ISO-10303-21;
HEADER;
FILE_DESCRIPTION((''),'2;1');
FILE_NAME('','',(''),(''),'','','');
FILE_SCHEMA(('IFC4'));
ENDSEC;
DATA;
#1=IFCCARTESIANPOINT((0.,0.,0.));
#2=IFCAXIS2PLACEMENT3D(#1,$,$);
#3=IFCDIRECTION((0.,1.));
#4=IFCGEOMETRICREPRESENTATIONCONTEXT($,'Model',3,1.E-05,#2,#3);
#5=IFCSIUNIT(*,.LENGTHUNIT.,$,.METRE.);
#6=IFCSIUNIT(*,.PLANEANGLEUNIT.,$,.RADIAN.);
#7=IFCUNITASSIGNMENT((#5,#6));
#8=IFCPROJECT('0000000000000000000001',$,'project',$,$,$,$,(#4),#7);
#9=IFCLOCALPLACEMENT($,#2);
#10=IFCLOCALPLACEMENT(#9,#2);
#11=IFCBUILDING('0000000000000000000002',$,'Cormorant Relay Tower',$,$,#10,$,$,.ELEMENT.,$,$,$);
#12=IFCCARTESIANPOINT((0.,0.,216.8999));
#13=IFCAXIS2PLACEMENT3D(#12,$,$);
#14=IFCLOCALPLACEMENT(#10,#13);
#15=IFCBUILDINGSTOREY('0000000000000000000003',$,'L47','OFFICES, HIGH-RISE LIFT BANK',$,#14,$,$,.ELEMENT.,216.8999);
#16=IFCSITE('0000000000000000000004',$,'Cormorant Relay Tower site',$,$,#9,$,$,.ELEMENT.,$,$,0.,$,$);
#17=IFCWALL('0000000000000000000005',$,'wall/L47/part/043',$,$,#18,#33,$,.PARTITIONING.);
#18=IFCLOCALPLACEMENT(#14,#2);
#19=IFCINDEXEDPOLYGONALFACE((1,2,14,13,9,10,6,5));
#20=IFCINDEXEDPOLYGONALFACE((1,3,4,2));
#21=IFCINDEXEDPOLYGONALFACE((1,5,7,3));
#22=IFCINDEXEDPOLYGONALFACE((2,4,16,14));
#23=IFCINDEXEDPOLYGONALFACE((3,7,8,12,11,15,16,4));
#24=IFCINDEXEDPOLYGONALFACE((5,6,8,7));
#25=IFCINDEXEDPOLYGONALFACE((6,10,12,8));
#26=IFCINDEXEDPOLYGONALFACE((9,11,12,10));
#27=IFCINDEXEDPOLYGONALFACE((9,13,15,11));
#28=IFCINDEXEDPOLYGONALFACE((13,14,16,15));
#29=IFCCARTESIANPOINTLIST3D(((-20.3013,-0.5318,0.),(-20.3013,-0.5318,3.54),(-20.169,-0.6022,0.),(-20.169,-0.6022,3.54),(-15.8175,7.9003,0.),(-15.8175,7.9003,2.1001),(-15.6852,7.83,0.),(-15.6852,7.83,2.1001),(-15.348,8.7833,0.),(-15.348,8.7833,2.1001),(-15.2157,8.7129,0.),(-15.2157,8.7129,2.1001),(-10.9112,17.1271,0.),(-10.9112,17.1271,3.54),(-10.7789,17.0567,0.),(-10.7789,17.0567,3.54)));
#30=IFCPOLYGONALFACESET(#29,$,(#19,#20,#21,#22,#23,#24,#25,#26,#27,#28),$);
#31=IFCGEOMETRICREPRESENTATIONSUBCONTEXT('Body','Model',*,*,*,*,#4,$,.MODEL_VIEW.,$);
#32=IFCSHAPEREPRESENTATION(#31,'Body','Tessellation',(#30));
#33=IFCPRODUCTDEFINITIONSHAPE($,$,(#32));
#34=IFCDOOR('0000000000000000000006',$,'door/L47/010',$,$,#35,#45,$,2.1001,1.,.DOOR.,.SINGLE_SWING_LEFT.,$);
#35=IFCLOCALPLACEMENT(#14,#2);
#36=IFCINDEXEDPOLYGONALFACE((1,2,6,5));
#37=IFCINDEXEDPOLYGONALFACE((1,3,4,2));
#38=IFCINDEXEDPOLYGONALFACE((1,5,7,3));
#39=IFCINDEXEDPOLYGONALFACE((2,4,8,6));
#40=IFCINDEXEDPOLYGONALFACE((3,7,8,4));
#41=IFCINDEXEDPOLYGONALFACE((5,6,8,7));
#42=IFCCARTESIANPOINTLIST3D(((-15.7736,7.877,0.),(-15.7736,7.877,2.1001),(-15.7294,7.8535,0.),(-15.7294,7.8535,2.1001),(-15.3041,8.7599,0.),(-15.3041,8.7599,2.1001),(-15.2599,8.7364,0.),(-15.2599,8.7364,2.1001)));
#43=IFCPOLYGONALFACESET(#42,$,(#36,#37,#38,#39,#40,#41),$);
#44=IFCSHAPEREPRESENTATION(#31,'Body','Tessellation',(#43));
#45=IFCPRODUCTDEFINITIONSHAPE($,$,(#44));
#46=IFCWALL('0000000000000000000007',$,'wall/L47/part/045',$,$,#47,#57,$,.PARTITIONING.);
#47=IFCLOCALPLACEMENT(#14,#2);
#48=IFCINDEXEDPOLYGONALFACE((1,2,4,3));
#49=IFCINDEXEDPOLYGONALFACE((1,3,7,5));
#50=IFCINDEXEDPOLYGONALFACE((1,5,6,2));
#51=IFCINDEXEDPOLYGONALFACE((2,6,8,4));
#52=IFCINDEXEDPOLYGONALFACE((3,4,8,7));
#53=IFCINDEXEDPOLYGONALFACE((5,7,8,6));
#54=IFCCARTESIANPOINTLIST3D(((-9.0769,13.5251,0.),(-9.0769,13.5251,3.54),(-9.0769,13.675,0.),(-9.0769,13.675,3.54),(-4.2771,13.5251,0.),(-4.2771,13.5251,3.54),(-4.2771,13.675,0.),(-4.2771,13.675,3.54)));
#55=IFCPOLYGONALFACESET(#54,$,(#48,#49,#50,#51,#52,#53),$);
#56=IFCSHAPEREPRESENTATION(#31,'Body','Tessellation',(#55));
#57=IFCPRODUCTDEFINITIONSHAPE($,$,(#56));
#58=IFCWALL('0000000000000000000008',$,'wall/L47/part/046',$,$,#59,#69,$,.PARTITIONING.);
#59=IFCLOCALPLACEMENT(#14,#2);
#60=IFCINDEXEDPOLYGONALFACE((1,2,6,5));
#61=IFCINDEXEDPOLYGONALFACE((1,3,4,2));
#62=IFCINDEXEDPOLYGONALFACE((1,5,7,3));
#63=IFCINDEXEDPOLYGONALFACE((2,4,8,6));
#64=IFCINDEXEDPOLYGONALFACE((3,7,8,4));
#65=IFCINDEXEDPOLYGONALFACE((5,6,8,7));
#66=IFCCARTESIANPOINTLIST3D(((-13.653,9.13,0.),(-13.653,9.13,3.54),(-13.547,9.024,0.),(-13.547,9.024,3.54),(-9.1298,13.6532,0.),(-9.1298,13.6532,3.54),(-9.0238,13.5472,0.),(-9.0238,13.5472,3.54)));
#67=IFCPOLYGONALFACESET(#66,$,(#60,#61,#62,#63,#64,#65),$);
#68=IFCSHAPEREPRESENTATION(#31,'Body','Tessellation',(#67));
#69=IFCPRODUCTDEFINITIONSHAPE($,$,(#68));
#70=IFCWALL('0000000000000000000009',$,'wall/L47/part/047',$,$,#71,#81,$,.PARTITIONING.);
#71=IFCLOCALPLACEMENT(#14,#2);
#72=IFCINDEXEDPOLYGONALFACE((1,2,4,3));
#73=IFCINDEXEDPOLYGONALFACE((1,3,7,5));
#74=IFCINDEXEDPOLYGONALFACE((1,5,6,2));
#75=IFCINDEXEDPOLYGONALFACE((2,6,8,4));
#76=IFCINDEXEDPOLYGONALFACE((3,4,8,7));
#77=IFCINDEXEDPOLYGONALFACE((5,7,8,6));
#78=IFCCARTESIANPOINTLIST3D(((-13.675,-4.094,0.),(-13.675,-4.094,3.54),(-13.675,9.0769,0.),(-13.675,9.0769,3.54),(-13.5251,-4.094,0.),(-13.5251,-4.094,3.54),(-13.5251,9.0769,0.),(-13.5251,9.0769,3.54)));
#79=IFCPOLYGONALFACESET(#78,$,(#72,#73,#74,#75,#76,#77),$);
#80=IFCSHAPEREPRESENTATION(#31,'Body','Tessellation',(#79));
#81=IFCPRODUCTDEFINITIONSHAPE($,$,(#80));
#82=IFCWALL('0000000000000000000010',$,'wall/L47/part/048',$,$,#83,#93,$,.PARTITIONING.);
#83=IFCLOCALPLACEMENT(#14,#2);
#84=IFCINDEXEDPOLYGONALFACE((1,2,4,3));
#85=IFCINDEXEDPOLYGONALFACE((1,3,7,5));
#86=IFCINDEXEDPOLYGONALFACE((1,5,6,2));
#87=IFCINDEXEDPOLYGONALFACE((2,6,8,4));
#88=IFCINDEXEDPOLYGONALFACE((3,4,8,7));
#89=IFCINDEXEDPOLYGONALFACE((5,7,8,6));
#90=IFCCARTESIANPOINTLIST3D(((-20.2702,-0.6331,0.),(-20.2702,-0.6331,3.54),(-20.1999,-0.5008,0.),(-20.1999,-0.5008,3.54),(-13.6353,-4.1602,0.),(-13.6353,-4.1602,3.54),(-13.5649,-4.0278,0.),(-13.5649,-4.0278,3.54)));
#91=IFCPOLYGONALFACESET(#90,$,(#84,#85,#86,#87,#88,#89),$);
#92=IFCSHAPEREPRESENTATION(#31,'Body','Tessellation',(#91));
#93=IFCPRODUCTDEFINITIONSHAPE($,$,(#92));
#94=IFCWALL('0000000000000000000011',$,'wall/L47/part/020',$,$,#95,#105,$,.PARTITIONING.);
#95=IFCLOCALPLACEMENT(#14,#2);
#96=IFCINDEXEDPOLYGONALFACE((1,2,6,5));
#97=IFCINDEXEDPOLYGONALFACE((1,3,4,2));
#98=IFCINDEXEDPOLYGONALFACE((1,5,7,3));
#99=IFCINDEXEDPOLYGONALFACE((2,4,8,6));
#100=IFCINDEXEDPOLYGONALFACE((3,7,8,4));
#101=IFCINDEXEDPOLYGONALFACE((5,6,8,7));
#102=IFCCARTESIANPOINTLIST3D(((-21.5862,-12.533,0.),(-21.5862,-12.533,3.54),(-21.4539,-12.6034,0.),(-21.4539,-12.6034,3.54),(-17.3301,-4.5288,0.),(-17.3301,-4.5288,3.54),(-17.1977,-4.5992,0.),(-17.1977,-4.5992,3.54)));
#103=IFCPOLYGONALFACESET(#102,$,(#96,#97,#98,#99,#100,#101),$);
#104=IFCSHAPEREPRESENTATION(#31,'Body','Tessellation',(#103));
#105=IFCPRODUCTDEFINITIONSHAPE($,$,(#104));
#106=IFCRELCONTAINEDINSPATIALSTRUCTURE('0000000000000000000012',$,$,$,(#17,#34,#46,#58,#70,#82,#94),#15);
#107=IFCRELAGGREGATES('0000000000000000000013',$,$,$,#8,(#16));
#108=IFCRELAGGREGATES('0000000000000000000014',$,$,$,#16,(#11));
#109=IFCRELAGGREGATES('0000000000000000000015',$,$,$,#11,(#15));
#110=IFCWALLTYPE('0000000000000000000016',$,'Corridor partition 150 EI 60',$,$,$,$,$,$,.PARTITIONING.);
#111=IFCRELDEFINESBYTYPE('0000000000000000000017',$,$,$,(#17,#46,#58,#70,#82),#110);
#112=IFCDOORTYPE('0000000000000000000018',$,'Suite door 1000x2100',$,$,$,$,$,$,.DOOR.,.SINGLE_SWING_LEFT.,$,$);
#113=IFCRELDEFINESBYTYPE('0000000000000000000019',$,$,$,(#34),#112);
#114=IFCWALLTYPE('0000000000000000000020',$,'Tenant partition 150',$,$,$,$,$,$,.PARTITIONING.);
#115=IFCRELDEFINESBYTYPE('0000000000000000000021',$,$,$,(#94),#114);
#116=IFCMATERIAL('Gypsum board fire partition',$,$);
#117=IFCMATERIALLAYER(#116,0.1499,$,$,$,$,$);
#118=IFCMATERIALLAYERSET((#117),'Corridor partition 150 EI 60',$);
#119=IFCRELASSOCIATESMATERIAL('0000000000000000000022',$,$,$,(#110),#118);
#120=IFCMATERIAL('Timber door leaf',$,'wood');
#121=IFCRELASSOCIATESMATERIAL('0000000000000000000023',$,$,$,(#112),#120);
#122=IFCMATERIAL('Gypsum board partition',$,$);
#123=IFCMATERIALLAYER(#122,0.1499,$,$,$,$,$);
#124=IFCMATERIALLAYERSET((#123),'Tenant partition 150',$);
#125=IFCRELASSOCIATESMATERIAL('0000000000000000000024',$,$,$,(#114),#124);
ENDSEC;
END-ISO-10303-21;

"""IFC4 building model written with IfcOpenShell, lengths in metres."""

from ifc_helpers import new_model, si_unit, direction, frame, frame_2d, origin, place, context, subcontext, project, spatial, rectangle, extrude, material, layer, layer_set, type_object, element, fill, save


model = new_model("IFC4")

# Units and contexts
model_context = context("Model", 3, precision=1e-05, world=origin(), true_north=direction((0.0, 1.0)))
body_context = subcontext(model_context, "Body", "Model", "MODEL_VIEW")
ifc_project = project(units=[si_unit("LENGTHUNIT", "METRE"), si_unit("PLANEANGLEUNIT", "RADIAN")], contexts=[model_context])

# Site, building, storey
site_placement = place(None, origin())
site = spatial("IfcSite", under=ifc_project, at=site_placement, Name="Cormorant Relay Tower site", CompositionType="ELEMENT", RefElevation=0.0)
building_placement = place(site_placement, origin())
building = spatial("IfcBuilding", under=site, at=building_placement, Name="Cormorant Relay Tower", CompositionType="ELEMENT")
storey_placement = place(building_placement, frame((0.0, 0.0, 216.8999)))
storey = spatial("IfcBuildingStorey", under=building, at=storey_placement, Name="L47", Description="OFFICES, HIGH-RISE LIFT BANK", CompositionType="ELEMENT", Elevation=216.8999)

# Wall, opening, door
ifc_material_1 = material(Name="Gypsum board fire partition")
ifc_layer_1 = layer(ifc_material_1, 0.1499)
ifc_layer_set_1 = layer_set([ifc_layer_1], Name="Corridor partition 150 EI 60")
wall_type_1 = type_object("IfcWallType", Name="Corridor partition 150 EI 60", PredefinedType="PARTITIONING", material=ifc_layer_set_1)
wall_1_placement = place(storey_placement, frame((-20.2351, -0.5669, 0.0), z_axis=(0.0, 0.0, 1.0), x_axis=(0.469499, 0.882933, 0.0)))
wall_1 = element("IfcWall", 1, at=wall_1_placement, inside=storey, type_object=wall_type_1, Name="wall/L47/part/043", PredefinedType="PARTITIONING", context=body_context, shape_type="SweptSolid", body=[
    extrude(rectangle(XDim=20.0002, YDim=0.1499, at=frame_2d((10.0, 0.0))), origin(), (0.0, 0.0, 1.0), 3.54),
])
opening_1_placement = place(wall_1_placement, frame((9.55, 0.0, 0.0)))
opening_1 = element("IfcOpeningElement", 2, at=opening_1_placement, cuts=wall_1, PredefinedType="OPENING", context=body_context, shape_type="SweptSolid", body=[
    extrude(rectangle(XDim=1.0, YDim=2.1001, at=frame_2d((0.5, 1.05))), frame((0.0, 0.085, 0.0), z_axis=(0.0, -1.0, 0.0), x_axis=(1.0, 0.0, 0.0)), (0.0, 0.0, 1.0), 0.1699),
])
ifc_material_2 = material(Name="Timber door leaf", Category="wood")
door_type_1 = type_object("IfcDoorType", Name="Suite door 1000x2100", OperationType="SINGLE_SWING_LEFT", PredefinedType="DOOR", material=ifc_material_2)
door_1_placement = place(opening_1_placement, frame((1.0, 0.0, 0.0), z_axis=(0.0, 0.0, 1.0), x_axis=(-1.0, 0.0, 0.0)))
door_1 = element("IfcDoor", 3, at=door_1_placement, inside=storey, type_object=door_type_1, Name="door/L47/010", OperationType="SINGLE_SWING_LEFT", OverallHeight=2.1001, OverallWidth=1.0, PredefinedType="DOOR", context=body_context, shape_type="SweptSolid", body=[
    extrude(rectangle(XDim=1.0, YDim=2.1001, at=frame_2d((0.5, 1.05))), frame((0.0, 0.0249, 0.0), z_axis=(0.0, -1.0, 0.0), x_axis=(1.0, 0.0, 0.0)), (0.0, 0.0, 1.0), 0.05),
])
fill(opening_1, door_1)

# Walls
wall_2_placement = place(storey_placement, frame((-4.2771, 13.6001, 0.0), z_axis=(0.0, 0.0, 1.0), x_axis=(-1.0, 0.0, 0.0)))
element("IfcWall", 4, at=wall_2_placement, inside=storey, type_object=wall_type_1, Name="wall/L47/part/045", PredefinedType="PARTITIONING", context=body_context, shape_type="SweptSolid", body=[
    extrude(rectangle(XDim=4.7998, YDim=0.1499, at=frame_2d((2.3999, 0.0))), origin(), (0.0, 0.0, 1.0), 3.54),
])
wall_3_placement = place(storey_placement, frame((-9.0769, 13.6001, 0.0), z_axis=(0.0, 0.0, 1.0), x_axis=(-0.707107, -0.707107, 0.0)))
element("IfcWall", 5, at=wall_3_placement, inside=storey, type_object=wall_type_1, Name="wall/L47/part/046", PredefinedType="PARTITIONING", context=body_context, shape_type="SweptSolid", body=[
    extrude(rectangle(XDim=6.3967, YDim=0.1499, at=frame_2d((3.1982, 0.0))), origin(), (0.0, 0.0, 1.0), 3.54),
])
wall_4_placement = place(storey_placement, frame((-13.6001, 9.0769, 0.0), z_axis=(0.0, 0.0, 1.0), x_axis=(0.0, -1.0, 0.0)))
element("IfcWall", 6, at=wall_4_placement, inside=storey, type_object=wall_type_1, Name="wall/L47/part/047", PredefinedType="PARTITIONING", context=body_context, shape_type="SweptSolid", body=[
    extrude(rectangle(XDim=13.1709, YDim=0.1499, at=frame_2d((6.5854, 0.0))), origin(), (0.0, 0.0, 1.0), 3.54),
])
wall_5_placement = place(storey_placement, frame((-13.6001, -4.094, 0.0), z_axis=(0.0, 0.0, 1.0), x_axis=(-0.882992, 0.469389, 0.0)))
element("IfcWall", 7, at=wall_5_placement, inside=storey, type_object=wall_type_1, Name="wall/L47/part/048", PredefinedType="PARTITIONING", context=body_context, shape_type="SweptSolid", body=[
    extrude(rectangle(XDim=7.5142, YDim=0.1499, at=frame_2d((3.7571, 0.0))), origin(), (0.0, 0.0, 1.0), 3.54),
])
ifc_material_3 = material(Name="Gypsum board partition")
ifc_layer_2 = layer(ifc_material_3, 0.1499)
ifc_layer_set_2 = layer_set([ifc_layer_2], Name="Tenant partition 150")
wall_type_2 = type_object("IfcWallType", Name="Tenant partition 150", PredefinedType="PARTITIONING", material=ifc_layer_set_2)
wall_6_placement = place(storey_placement, frame((-17.2639, -4.564, 0.0), z_axis=(0.0, 0.0, 1.0), x_axis=(-0.469491, -0.882937, 0.0)))
element("IfcWall", 8, at=wall_6_placement, inside=storey, type_object=wall_type_2, Name="wall/L47/part/020", PredefinedType="PARTITIONING", context=body_context, shape_type="SweptSolid", body=[
    extrude(rectangle(XDim=9.0654, YDim=0.1499, at=frame_2d((4.5327, 0.0))), origin(), (0.0, 0.0, 1.0), 3.54),
])

save(model, "model.ifc")
